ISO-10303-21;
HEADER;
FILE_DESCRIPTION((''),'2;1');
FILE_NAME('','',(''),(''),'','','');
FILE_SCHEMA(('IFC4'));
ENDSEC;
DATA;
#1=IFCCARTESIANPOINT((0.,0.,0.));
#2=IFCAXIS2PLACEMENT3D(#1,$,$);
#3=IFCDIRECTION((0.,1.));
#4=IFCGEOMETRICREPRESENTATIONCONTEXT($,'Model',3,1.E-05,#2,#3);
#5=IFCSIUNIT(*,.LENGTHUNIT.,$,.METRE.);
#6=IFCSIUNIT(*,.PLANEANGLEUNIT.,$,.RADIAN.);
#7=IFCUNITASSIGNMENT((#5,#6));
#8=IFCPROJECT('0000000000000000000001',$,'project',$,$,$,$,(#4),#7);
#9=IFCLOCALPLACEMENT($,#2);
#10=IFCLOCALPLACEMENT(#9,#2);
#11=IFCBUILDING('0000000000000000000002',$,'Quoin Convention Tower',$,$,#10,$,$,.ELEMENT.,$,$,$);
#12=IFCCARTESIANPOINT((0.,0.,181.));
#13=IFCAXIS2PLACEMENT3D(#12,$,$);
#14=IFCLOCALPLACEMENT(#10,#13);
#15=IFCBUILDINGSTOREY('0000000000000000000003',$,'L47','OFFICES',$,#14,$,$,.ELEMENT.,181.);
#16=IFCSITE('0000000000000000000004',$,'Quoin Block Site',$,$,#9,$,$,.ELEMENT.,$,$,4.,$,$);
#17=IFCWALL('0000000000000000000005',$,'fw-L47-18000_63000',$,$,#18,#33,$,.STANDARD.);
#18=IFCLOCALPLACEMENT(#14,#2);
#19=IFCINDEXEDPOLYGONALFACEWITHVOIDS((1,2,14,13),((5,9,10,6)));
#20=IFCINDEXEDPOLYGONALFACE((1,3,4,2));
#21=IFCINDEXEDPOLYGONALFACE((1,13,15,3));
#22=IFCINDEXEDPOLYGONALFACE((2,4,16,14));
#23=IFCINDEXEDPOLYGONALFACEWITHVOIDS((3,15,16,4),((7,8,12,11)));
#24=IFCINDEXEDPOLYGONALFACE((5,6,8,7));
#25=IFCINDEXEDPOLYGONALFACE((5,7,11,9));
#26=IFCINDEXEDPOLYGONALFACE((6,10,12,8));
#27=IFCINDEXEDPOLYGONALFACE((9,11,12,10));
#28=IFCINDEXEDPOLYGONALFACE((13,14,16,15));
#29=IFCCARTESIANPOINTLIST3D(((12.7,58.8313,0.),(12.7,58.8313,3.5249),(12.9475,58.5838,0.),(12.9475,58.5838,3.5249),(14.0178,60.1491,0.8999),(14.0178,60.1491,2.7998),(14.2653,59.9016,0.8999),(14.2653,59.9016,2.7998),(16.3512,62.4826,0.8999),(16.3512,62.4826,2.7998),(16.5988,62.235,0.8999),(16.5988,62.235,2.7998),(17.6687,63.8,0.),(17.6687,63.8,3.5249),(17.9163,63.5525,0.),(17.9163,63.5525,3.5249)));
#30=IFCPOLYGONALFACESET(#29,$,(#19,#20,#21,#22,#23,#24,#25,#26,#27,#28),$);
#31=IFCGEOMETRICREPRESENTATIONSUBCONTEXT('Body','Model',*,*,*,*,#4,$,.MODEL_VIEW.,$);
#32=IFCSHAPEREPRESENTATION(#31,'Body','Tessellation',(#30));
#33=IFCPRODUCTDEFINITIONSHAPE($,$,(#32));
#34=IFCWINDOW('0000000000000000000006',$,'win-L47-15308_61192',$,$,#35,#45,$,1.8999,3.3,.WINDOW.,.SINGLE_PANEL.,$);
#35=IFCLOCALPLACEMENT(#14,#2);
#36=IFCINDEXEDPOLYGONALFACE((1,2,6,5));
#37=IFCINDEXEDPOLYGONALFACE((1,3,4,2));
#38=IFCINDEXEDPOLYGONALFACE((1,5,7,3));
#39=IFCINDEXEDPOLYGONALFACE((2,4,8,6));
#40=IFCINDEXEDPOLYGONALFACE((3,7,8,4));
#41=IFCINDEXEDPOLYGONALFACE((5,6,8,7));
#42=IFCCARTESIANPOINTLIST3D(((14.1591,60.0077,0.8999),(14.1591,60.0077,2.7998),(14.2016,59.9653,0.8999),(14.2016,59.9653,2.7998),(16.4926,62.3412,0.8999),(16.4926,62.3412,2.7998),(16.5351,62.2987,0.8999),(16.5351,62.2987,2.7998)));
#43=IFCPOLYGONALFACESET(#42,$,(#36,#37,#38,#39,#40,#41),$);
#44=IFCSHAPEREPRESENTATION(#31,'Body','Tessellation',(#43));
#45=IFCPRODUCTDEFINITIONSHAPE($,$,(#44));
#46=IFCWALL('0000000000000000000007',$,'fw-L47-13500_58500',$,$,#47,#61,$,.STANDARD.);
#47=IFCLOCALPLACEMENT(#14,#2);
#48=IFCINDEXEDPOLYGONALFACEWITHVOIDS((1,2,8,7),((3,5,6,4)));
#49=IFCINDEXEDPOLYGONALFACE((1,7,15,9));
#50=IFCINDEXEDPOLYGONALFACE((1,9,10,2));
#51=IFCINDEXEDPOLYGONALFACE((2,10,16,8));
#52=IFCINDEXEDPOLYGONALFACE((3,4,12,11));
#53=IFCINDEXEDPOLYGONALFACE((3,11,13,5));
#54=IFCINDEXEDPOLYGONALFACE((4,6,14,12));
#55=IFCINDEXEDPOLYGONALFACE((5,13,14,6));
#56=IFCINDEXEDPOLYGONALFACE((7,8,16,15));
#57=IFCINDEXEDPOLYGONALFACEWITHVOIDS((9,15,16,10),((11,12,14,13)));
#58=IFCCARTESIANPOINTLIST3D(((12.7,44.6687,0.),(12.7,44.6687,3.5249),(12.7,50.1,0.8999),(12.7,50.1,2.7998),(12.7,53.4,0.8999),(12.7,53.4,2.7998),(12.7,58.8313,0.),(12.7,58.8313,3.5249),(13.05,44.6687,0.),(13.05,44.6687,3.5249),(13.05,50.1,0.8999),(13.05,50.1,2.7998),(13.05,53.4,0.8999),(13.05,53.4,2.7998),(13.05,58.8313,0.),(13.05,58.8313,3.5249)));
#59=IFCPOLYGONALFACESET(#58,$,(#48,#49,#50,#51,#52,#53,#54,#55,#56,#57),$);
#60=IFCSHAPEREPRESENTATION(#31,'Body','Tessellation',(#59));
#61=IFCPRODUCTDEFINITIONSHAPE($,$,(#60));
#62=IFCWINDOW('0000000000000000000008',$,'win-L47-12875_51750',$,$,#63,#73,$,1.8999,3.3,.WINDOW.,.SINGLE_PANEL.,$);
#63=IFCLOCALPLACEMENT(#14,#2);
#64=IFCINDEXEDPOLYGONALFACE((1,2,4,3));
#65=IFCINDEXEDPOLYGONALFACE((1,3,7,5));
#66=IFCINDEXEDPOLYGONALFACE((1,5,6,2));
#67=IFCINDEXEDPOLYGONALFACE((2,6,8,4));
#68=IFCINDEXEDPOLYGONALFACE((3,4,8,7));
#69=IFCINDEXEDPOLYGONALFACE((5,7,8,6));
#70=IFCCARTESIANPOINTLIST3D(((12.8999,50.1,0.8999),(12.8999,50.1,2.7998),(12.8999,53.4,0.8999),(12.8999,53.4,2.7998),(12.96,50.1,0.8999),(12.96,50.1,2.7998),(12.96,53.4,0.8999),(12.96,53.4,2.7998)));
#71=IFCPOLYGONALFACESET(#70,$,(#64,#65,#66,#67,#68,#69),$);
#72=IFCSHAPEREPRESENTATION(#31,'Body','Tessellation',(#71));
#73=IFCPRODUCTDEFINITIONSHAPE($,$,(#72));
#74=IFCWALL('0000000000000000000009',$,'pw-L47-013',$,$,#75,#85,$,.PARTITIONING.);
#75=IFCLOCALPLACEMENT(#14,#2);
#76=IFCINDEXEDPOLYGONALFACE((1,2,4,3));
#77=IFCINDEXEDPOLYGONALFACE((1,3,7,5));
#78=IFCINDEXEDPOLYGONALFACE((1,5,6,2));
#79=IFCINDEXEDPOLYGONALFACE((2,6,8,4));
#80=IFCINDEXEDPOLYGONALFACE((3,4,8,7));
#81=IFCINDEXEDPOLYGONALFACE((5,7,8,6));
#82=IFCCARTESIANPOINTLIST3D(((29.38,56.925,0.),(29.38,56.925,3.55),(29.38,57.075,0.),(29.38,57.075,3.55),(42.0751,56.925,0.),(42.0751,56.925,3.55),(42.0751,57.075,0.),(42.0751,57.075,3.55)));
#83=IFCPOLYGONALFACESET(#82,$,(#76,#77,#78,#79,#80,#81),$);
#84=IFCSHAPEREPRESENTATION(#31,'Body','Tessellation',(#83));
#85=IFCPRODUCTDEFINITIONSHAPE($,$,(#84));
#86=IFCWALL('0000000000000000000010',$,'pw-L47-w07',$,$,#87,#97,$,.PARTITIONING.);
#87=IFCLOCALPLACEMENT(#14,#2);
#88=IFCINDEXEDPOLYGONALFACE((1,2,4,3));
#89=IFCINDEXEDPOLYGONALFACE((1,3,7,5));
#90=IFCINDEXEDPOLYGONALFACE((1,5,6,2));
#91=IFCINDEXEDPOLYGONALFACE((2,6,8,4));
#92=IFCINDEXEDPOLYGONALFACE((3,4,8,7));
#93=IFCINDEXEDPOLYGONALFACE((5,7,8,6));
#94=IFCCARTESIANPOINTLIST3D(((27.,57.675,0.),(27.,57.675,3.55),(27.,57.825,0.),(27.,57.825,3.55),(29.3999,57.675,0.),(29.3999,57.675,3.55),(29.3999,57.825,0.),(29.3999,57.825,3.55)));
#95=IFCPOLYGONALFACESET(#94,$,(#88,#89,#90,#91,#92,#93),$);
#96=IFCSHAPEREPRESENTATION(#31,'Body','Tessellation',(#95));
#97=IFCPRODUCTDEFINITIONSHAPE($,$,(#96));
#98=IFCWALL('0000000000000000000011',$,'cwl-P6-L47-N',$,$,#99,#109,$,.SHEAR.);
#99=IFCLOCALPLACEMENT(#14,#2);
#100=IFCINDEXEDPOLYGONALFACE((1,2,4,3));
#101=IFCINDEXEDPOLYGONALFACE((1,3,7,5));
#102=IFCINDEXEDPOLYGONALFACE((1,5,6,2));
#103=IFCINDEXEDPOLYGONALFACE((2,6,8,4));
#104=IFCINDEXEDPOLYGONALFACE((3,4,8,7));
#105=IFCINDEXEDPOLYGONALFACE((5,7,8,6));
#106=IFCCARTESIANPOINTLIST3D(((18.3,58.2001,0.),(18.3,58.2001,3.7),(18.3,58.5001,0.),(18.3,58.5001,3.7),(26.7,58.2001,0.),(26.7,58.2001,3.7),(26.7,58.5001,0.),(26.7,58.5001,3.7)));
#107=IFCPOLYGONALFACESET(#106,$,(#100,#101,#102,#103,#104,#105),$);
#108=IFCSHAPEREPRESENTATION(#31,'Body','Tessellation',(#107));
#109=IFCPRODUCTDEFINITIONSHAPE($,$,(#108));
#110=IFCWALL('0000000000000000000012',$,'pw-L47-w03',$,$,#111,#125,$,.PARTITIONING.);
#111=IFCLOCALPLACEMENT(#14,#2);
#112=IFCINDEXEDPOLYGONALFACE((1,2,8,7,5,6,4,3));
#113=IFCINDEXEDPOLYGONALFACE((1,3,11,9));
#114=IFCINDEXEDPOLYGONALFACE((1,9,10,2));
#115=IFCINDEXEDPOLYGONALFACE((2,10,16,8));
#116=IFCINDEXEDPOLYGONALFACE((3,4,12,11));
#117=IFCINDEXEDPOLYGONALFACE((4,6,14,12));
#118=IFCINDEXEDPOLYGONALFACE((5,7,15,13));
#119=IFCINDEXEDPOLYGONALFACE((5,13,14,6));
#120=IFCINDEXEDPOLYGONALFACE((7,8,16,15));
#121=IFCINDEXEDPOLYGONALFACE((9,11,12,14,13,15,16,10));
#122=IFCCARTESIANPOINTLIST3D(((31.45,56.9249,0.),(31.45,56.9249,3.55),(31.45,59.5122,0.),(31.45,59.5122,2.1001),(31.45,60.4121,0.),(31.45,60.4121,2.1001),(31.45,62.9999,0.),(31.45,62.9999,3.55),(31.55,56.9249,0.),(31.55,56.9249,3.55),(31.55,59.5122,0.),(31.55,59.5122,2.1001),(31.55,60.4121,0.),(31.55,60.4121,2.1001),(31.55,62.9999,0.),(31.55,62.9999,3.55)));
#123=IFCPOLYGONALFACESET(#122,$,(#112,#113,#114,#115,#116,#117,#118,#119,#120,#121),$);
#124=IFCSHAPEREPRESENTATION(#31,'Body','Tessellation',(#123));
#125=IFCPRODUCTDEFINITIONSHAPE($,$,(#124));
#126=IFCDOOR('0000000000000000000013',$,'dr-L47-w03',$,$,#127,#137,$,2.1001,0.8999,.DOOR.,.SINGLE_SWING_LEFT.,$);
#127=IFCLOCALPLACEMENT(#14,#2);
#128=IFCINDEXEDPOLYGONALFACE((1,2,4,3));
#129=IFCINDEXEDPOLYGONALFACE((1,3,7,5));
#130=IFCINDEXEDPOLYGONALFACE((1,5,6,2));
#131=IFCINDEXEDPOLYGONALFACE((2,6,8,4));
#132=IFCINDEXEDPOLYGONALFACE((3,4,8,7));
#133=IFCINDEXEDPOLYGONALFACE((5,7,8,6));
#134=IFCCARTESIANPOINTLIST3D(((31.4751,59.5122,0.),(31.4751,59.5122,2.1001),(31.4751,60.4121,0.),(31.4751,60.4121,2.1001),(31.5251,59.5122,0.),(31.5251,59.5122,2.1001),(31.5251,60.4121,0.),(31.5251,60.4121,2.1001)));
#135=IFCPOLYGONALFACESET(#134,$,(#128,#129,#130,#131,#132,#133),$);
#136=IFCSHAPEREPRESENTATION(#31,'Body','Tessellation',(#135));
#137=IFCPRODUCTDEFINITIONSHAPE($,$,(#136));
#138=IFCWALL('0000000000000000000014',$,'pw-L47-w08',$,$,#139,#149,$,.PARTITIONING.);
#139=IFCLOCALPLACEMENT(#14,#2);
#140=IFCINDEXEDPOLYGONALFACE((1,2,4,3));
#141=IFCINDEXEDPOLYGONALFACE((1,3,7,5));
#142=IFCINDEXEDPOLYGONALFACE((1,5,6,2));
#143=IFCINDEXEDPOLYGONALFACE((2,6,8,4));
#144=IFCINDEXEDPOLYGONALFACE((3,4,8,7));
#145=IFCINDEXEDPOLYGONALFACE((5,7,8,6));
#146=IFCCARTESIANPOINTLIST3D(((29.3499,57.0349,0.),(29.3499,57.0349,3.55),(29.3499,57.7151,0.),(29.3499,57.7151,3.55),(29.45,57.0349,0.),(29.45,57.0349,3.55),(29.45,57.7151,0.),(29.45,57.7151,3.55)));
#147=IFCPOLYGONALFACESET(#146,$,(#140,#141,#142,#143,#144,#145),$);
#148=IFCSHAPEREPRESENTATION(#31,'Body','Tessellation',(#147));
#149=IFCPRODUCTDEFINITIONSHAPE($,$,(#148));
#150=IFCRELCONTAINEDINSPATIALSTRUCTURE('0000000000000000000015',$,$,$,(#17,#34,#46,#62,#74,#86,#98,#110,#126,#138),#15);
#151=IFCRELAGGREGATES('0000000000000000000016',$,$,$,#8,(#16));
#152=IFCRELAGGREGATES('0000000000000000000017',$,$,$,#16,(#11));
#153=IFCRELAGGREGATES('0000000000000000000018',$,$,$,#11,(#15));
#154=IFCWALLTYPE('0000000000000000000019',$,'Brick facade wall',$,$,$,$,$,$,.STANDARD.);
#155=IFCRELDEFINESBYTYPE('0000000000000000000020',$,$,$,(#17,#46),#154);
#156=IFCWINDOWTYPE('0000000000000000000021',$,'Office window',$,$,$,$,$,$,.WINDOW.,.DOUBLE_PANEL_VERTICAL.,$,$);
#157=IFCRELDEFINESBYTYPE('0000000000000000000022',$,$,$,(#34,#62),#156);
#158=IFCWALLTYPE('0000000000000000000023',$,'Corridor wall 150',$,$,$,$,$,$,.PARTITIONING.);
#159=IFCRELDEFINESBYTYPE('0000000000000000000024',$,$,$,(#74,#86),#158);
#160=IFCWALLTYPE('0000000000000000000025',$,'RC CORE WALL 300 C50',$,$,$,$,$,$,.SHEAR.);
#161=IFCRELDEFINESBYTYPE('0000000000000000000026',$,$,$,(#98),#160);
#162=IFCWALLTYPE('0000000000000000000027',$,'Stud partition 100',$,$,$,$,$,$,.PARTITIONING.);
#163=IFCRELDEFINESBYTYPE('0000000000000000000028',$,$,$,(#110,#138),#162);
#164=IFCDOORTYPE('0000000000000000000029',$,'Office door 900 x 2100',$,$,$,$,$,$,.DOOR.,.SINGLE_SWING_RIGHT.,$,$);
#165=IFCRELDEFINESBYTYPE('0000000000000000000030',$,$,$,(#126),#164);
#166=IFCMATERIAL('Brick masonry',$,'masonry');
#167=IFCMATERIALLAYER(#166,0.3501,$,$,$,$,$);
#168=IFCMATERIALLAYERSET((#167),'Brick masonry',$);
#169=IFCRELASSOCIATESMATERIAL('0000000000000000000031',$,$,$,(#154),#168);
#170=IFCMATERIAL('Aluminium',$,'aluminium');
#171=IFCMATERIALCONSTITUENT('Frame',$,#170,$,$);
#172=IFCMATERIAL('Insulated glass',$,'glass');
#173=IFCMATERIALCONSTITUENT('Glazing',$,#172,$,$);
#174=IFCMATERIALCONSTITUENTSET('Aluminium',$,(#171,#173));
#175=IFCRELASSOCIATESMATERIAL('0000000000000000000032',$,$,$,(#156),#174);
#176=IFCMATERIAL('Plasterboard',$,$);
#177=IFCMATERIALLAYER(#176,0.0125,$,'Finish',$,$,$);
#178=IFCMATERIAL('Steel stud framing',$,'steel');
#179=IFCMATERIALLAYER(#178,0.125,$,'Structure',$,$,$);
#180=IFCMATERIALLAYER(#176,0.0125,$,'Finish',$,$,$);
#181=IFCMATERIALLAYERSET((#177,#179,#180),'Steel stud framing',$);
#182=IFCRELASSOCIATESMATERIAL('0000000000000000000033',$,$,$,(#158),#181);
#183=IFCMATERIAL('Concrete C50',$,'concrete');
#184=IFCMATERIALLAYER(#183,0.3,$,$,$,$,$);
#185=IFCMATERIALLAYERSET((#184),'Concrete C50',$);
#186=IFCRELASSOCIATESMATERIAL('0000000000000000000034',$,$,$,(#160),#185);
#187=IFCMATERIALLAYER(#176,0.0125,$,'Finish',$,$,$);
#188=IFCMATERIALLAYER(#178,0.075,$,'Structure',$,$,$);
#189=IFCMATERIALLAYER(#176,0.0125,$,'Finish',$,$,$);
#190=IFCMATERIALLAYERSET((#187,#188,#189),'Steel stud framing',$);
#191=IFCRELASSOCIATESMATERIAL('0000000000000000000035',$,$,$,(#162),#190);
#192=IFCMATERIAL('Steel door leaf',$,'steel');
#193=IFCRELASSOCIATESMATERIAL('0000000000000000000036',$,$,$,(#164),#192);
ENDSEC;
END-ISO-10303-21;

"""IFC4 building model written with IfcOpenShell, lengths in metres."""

from ifc_helpers import new_model, si_unit, direction, frame, frame_2d, origin, place, context, subcontext, project, spatial, rectangle, extrude, material, layer, layer_set, constituent, constituent_set, type_object, element, fill, save


model = new_model("IFC4")

# Units and contexts
model_context = context("Model", 3, precision=1e-05, world=origin(), true_north=direction((0.0, 1.0)))
body_context = subcontext(model_context, "Body", "Model", "MODEL_VIEW")
ifc_project = project(units=[si_unit("LENGTHUNIT", "METRE"), si_unit("PLANEANGLEUNIT", "RADIAN")], contexts=[model_context])

# Site, building, storey
site_placement = place(None, origin())
site = spatial("IfcSite", under=ifc_project, at=site_placement, Name="Quoin Block Site", CompositionType="ELEMENT", RefElevation=4.0)
building_placement = place(site_placement, origin())
building = spatial("IfcBuilding", under=site, at=building_placement, Name="Quoin Convention Tower", CompositionType="ELEMENT")
storey_placement = place(building_placement, frame((0.0, 0.0, 181.0)))
storey = spatial("IfcBuildingStorey", under=building, at=storey_placement, Name="L47", Description="OFFICES", CompositionType="ELEMENT", Elevation=181.0)

# Shared definitions
ifc_material_1 = material(Name="Concrete C50", Category="concrete")

# Walls, openings, windows
ifc_material_2 = material(Name="Brick masonry", Category="masonry")
ifc_layer_1 = layer(ifc_material_2, 0.3501)
ifc_layer_set_1 = layer_set([ifc_layer_1], Name="Brick masonry")
wall_type_1 = type_object("IfcWallType", Name="Brick facade wall", PredefinedType="STANDARD", material=ifc_layer_set_1)
ifc_material_3 = material(Name="Aluminium", Category="aluminium")
ifc_constituent_1 = constituent(ifc_material_3, Name="Frame")
ifc_material_4 = material(Name="Insulated glass", Category="glass")
ifc_constituent_2 = constituent(ifc_material_4, Name="Glazing")
ifc_constituent_set = constituent_set(constituents=[ifc_constituent_1, ifc_constituent_2], Name="Aluminium")
window_type = type_object("IfcWindowType", Name="Office window", PartitioningType="DOUBLE_PANEL_VERTICAL", PredefinedType="WINDOW", material=ifc_constituent_set)
wall_1_placement = place(storey_placement, frame((17.7925, 63.6763, 0.0), z_axis=(0.0, 0.0, 1.0), x_axis=(-0.707107, -0.707107, 0.0)))
wall_1 = element("IfcWall", 1, at=wall_1_placement, inside=storey, type_object=wall_type_1, Name="fw-L47-18000_63000", PredefinedType="STANDARD", context=body_context, shape_type="SweptSolid", body=[
    extrude(rectangle(XDim=7.0269, YDim=0.3501, at=frame_2d((3.5134, 0.0))), origin(), (0.0, 0.0, 1.0), 3.5249),
])
opening_1_placement = place(wall_1_placement, frame((1.8633, 0.0, 0.8999)))
opening_1 = element("IfcOpeningElement", 2, at=opening_1_placement, cuts=wall_1, PredefinedType="OPENING", context=body_context, shape_type="SweptSolid", body=[
    extrude(rectangle(XDim=3.3, YDim=1.8999, at=frame_2d((1.6499, 0.95))), frame((0.0, 0.1851, 0.0), z_axis=(0.0, -1.0, 0.0), x_axis=(1.0, 0.0, 0.0)), (0.0, 0.0, 1.0), 0.3701),
])
window_1_placement = place(opening_1_placement, origin())
window_1 = element("IfcWindow", 3, at=window_1_placement, inside=storey, type_object=window_type, Name="win-L47-15308_61192", OverallHeight=1.8999, OverallWidth=3.3, PartitioningType="SINGLE_PANEL", PredefinedType="WINDOW", context=body_context, shape_type="SweptSolid", body=[
    extrude(rectangle(XDim=3.3, YDim=1.8999, at=frame_2d((1.6499, 0.95))), frame((0.0, 0.085, 0.0), z_axis=(0.0, -1.0, 0.0), x_axis=(1.0, 0.0, 0.0)), (0.0, 0.0, 1.0), 0.0601),
])
fill(opening_1, window_1)
wall_2_placement = place(storey_placement, frame((12.875, 58.8313, 0.0), z_axis=(0.0, 0.0, 1.0), x_axis=(0.0, -1.0, 0.0)))
wall_2 = element("IfcWall", 4, at=wall_2_placement, inside=storey, type_object=wall_type_1, Name="fw-L47-13500_58500", PredefinedType="STANDARD", context=body_context, shape_type="SweptSolid", body=[
    extrude(rectangle(XDim=14.1626, YDim=0.3501, at=frame_2d((7.0813, 0.0))), origin(), (0.0, 0.0, 1.0), 3.5249),
])
opening_2_placement = place(wall_2_placement, frame((5.4314, 0.0, 0.8999)))
opening_2 = element("IfcOpeningElement", 5, at=opening_2_placement, cuts=wall_2, PredefinedType="OPENING", context=body_context, shape_type="SweptSolid", body=[
    extrude(rectangle(XDim=3.3, YDim=1.8999, at=frame_2d((1.6499, 0.95))), frame((0.0, 0.1851, 0.0), z_axis=(0.0, -1.0, 0.0), x_axis=(1.0, 0.0, 0.0)), (0.0, 0.0, 1.0), 0.3701),
])
window_2_placement = place(opening_2_placement, origin())
window_2 = element("IfcWindow", 6, at=window_2_placement, inside=storey, type_object=window_type, Name="win-L47-12875_51750", OverallHeight=1.8999, OverallWidth=3.3, PartitioningType="SINGLE_PANEL", PredefinedType="WINDOW", context=body_context, shape_type="SweptSolid", body=[
    extrude(rectangle(XDim=3.3, YDim=1.8999, at=frame_2d((1.6499, 0.95))), frame((0.0, 0.085, 0.0), z_axis=(0.0, -1.0, 0.0), x_axis=(1.0, 0.0, 0.0)), (0.0, 0.0, 1.0), 0.0601),
])
fill(opening_2, window_2)

# Walls
ifc_material_5 = material(Name="Plasterboard")
ifc_layer_2 = layer(ifc_material_5, 0.0125, Name="Finish")
ifc_material_6 = material(Name="Steel stud framing", Category="steel")
ifc_layer_3 = layer(ifc_material_6, 0.125, Name="Structure")
ifc_layer_4 = layer(ifc_material_5, 0.0125, Name="Finish")
ifc_layer_set_2 = layer_set([ifc_layer_2, ifc_layer_3, ifc_layer_4], Name="Steel stud framing")
wall_type_2 = type_object("IfcWallType", Name="Corridor wall 150", PredefinedType="PARTITIONING", material=ifc_layer_set_2)
wall_3_placement = place(storey_placement, frame((29.3799, 57.0, 0.0), z_axis=(0.0, 0.0, 1.0), x_axis=(1.0, 0.0, 0.0)))
element("IfcWall", 7, at=wall_3_placement, inside=storey, type_object=wall_type_2, Name="pw-L47-013", PredefinedType="PARTITIONING", context=body_context, shape_type="SweptSolid", body=[
    extrude(rectangle(XDim=12.6951, YDim=0.1499, at=frame_2d((6.3477, 0.0))), origin(), (0.0, 0.0, 1.0), 3.55),
])
wall_4_placement = place(storey_placement, frame((27.0, 57.75, 0.0), z_axis=(0.0, 0.0, 1.0), x_axis=(1.0, 0.0, 0.0)))
element("IfcWall", 8, at=wall_4_placement, inside=storey, type_object=wall_type_2, Name="pw-L47-w07", PredefinedType="PARTITIONING", context=body_context, shape_type="SweptSolid", body=[
    extrude(rectangle(XDim=2.3999, YDim=0.1499, at=frame_2d((1.2, 0.0))), origin(), (0.0, 0.0, 1.0), 3.55),
])
ifc_layer_5 = layer(ifc_material_1, 0.3)
ifc_layer_set_3 = layer_set([ifc_layer_5], Name="Concrete C50")
wall_type_3 = type_object("IfcWallType", Name="RC CORE WALL 300 C50", PredefinedType="SHEAR", material=ifc_layer_set_3)
wall_5_placement = place(storey_placement, frame((18.3, 58.3501, 0.0), z_axis=(0.0, 0.0, 1.0), x_axis=(1.0, 0.0, 0.0)))
element("IfcWall", 9, at=wall_5_placement, inside=storey, type_object=wall_type_3, Name="cwl-P6-L47-N", PredefinedType="SHEAR", context=body_context, shape_type="SweptSolid", body=[
    extrude(rectangle(XDim=8.3999, YDim=0.3, at=frame_2d((4.2, 0.0))), origin(), (0.0, 0.0, 1.0), 3.7),
])

# Wall, opening, door
ifc_layer_6 = layer(ifc_material_5, 0.0125, Name="Finish")
ifc_layer_7 = layer(ifc_material_6, 0.075, Name="Structure")
ifc_layer_8 = layer(ifc_material_5, 0.0125, Name="Finish")
ifc_layer_set_4 = layer_set([ifc_layer_6, ifc_layer_7, ifc_layer_8], Name="Steel stud framing")
wall_type_4 = type_object("IfcWallType", Name="Stud partition 100", PredefinedType="PARTITIONING", material=ifc_layer_set_4)
wall_6_placement = place(storey_placement, frame((31.5, 63.0, 0.0), z_axis=(0.0, 0.0, 1.0), x_axis=(0.0, -1.0, 0.0)))
wall_6 = element("IfcWall", 10, at=wall_6_placement, inside=storey, type_object=wall_type_4, Name="pw-L47-w03", PredefinedType="PARTITIONING", context=body_context, shape_type="SweptSolid", body=[
    extrude(rectangle(XDim=6.075, YDim=0.1001, at=frame_2d((3.0376, 0.0))), origin(), (0.0, 0.0, 1.0), 3.55),
])
opening_3_placement = place(wall_6_placement, frame((2.5879, 0.0, 0.0)))
opening_3 = element("IfcOpeningElement", 11, at=opening_3_placement, cuts=wall_6, PredefinedType="OPENING", context=body_context, shape_type="SweptSolid", body=[
    extrude(rectangle(XDim=0.8999, YDim=2.1001, at=frame_2d((0.45, 1.05))), frame((0.0, 0.0601, 0.0), z_axis=(0.0, -1.0, 0.0), x_axis=(1.0, 0.0, 0.0)), (0.0, 0.0, 1.0), 0.1201),
])
ifc_material_7 = material(Name="Steel door leaf", Category="steel")
door_type = type_object("IfcDoorType", Name="Office door 900 x 2100", OperationType="SINGLE_SWING_RIGHT", PredefinedType="DOOR", material=ifc_material_7)
door_placement = place(opening_3_placement, frame((0.8999, 0.0, 0.0), z_axis=(0.0, 0.0, 1.0), x_axis=(-1.0, 0.0, 0.0)))
door = element("IfcDoor", 12, at=door_placement, inside=storey, type_object=door_type, Name="dr-L47-w03", OperationType="SINGLE_SWING_LEFT", OverallHeight=2.1001, OverallWidth=0.8999, PredefinedType="DOOR", context=body_context, shape_type="SweptSolid", body=[
    extrude(rectangle(XDim=0.8999, YDim=2.1001, at=frame_2d((0.45, 1.05))), frame((0.0, 0.0249, 0.0), z_axis=(0.0, -1.0, 0.0), x_axis=(1.0, 0.0, 0.0)), (0.0, 0.0, 1.0), 0.05),
])
fill(opening_3, door)

# Wall
wall_7_placement = place(storey_placement, frame((29.3999, 57.7151, 0.0), z_axis=(0.0, 0.0, 1.0), x_axis=(0.0, -1.0, 0.0)))
element("IfcWall", 13, at=wall_7_placement, inside=storey, type_object=wall_type_4, Name="pw-L47-w08", PredefinedType="PARTITIONING", context=body_context, shape_type="SweptSolid", body=[
    extrude(rectangle(XDim=0.6802, YDim=0.1001, at=frame_2d((0.3401, 0.0))), origin(), (0.0, 0.0, 1.0), 3.55),
])

save(model, "model.ifc")
